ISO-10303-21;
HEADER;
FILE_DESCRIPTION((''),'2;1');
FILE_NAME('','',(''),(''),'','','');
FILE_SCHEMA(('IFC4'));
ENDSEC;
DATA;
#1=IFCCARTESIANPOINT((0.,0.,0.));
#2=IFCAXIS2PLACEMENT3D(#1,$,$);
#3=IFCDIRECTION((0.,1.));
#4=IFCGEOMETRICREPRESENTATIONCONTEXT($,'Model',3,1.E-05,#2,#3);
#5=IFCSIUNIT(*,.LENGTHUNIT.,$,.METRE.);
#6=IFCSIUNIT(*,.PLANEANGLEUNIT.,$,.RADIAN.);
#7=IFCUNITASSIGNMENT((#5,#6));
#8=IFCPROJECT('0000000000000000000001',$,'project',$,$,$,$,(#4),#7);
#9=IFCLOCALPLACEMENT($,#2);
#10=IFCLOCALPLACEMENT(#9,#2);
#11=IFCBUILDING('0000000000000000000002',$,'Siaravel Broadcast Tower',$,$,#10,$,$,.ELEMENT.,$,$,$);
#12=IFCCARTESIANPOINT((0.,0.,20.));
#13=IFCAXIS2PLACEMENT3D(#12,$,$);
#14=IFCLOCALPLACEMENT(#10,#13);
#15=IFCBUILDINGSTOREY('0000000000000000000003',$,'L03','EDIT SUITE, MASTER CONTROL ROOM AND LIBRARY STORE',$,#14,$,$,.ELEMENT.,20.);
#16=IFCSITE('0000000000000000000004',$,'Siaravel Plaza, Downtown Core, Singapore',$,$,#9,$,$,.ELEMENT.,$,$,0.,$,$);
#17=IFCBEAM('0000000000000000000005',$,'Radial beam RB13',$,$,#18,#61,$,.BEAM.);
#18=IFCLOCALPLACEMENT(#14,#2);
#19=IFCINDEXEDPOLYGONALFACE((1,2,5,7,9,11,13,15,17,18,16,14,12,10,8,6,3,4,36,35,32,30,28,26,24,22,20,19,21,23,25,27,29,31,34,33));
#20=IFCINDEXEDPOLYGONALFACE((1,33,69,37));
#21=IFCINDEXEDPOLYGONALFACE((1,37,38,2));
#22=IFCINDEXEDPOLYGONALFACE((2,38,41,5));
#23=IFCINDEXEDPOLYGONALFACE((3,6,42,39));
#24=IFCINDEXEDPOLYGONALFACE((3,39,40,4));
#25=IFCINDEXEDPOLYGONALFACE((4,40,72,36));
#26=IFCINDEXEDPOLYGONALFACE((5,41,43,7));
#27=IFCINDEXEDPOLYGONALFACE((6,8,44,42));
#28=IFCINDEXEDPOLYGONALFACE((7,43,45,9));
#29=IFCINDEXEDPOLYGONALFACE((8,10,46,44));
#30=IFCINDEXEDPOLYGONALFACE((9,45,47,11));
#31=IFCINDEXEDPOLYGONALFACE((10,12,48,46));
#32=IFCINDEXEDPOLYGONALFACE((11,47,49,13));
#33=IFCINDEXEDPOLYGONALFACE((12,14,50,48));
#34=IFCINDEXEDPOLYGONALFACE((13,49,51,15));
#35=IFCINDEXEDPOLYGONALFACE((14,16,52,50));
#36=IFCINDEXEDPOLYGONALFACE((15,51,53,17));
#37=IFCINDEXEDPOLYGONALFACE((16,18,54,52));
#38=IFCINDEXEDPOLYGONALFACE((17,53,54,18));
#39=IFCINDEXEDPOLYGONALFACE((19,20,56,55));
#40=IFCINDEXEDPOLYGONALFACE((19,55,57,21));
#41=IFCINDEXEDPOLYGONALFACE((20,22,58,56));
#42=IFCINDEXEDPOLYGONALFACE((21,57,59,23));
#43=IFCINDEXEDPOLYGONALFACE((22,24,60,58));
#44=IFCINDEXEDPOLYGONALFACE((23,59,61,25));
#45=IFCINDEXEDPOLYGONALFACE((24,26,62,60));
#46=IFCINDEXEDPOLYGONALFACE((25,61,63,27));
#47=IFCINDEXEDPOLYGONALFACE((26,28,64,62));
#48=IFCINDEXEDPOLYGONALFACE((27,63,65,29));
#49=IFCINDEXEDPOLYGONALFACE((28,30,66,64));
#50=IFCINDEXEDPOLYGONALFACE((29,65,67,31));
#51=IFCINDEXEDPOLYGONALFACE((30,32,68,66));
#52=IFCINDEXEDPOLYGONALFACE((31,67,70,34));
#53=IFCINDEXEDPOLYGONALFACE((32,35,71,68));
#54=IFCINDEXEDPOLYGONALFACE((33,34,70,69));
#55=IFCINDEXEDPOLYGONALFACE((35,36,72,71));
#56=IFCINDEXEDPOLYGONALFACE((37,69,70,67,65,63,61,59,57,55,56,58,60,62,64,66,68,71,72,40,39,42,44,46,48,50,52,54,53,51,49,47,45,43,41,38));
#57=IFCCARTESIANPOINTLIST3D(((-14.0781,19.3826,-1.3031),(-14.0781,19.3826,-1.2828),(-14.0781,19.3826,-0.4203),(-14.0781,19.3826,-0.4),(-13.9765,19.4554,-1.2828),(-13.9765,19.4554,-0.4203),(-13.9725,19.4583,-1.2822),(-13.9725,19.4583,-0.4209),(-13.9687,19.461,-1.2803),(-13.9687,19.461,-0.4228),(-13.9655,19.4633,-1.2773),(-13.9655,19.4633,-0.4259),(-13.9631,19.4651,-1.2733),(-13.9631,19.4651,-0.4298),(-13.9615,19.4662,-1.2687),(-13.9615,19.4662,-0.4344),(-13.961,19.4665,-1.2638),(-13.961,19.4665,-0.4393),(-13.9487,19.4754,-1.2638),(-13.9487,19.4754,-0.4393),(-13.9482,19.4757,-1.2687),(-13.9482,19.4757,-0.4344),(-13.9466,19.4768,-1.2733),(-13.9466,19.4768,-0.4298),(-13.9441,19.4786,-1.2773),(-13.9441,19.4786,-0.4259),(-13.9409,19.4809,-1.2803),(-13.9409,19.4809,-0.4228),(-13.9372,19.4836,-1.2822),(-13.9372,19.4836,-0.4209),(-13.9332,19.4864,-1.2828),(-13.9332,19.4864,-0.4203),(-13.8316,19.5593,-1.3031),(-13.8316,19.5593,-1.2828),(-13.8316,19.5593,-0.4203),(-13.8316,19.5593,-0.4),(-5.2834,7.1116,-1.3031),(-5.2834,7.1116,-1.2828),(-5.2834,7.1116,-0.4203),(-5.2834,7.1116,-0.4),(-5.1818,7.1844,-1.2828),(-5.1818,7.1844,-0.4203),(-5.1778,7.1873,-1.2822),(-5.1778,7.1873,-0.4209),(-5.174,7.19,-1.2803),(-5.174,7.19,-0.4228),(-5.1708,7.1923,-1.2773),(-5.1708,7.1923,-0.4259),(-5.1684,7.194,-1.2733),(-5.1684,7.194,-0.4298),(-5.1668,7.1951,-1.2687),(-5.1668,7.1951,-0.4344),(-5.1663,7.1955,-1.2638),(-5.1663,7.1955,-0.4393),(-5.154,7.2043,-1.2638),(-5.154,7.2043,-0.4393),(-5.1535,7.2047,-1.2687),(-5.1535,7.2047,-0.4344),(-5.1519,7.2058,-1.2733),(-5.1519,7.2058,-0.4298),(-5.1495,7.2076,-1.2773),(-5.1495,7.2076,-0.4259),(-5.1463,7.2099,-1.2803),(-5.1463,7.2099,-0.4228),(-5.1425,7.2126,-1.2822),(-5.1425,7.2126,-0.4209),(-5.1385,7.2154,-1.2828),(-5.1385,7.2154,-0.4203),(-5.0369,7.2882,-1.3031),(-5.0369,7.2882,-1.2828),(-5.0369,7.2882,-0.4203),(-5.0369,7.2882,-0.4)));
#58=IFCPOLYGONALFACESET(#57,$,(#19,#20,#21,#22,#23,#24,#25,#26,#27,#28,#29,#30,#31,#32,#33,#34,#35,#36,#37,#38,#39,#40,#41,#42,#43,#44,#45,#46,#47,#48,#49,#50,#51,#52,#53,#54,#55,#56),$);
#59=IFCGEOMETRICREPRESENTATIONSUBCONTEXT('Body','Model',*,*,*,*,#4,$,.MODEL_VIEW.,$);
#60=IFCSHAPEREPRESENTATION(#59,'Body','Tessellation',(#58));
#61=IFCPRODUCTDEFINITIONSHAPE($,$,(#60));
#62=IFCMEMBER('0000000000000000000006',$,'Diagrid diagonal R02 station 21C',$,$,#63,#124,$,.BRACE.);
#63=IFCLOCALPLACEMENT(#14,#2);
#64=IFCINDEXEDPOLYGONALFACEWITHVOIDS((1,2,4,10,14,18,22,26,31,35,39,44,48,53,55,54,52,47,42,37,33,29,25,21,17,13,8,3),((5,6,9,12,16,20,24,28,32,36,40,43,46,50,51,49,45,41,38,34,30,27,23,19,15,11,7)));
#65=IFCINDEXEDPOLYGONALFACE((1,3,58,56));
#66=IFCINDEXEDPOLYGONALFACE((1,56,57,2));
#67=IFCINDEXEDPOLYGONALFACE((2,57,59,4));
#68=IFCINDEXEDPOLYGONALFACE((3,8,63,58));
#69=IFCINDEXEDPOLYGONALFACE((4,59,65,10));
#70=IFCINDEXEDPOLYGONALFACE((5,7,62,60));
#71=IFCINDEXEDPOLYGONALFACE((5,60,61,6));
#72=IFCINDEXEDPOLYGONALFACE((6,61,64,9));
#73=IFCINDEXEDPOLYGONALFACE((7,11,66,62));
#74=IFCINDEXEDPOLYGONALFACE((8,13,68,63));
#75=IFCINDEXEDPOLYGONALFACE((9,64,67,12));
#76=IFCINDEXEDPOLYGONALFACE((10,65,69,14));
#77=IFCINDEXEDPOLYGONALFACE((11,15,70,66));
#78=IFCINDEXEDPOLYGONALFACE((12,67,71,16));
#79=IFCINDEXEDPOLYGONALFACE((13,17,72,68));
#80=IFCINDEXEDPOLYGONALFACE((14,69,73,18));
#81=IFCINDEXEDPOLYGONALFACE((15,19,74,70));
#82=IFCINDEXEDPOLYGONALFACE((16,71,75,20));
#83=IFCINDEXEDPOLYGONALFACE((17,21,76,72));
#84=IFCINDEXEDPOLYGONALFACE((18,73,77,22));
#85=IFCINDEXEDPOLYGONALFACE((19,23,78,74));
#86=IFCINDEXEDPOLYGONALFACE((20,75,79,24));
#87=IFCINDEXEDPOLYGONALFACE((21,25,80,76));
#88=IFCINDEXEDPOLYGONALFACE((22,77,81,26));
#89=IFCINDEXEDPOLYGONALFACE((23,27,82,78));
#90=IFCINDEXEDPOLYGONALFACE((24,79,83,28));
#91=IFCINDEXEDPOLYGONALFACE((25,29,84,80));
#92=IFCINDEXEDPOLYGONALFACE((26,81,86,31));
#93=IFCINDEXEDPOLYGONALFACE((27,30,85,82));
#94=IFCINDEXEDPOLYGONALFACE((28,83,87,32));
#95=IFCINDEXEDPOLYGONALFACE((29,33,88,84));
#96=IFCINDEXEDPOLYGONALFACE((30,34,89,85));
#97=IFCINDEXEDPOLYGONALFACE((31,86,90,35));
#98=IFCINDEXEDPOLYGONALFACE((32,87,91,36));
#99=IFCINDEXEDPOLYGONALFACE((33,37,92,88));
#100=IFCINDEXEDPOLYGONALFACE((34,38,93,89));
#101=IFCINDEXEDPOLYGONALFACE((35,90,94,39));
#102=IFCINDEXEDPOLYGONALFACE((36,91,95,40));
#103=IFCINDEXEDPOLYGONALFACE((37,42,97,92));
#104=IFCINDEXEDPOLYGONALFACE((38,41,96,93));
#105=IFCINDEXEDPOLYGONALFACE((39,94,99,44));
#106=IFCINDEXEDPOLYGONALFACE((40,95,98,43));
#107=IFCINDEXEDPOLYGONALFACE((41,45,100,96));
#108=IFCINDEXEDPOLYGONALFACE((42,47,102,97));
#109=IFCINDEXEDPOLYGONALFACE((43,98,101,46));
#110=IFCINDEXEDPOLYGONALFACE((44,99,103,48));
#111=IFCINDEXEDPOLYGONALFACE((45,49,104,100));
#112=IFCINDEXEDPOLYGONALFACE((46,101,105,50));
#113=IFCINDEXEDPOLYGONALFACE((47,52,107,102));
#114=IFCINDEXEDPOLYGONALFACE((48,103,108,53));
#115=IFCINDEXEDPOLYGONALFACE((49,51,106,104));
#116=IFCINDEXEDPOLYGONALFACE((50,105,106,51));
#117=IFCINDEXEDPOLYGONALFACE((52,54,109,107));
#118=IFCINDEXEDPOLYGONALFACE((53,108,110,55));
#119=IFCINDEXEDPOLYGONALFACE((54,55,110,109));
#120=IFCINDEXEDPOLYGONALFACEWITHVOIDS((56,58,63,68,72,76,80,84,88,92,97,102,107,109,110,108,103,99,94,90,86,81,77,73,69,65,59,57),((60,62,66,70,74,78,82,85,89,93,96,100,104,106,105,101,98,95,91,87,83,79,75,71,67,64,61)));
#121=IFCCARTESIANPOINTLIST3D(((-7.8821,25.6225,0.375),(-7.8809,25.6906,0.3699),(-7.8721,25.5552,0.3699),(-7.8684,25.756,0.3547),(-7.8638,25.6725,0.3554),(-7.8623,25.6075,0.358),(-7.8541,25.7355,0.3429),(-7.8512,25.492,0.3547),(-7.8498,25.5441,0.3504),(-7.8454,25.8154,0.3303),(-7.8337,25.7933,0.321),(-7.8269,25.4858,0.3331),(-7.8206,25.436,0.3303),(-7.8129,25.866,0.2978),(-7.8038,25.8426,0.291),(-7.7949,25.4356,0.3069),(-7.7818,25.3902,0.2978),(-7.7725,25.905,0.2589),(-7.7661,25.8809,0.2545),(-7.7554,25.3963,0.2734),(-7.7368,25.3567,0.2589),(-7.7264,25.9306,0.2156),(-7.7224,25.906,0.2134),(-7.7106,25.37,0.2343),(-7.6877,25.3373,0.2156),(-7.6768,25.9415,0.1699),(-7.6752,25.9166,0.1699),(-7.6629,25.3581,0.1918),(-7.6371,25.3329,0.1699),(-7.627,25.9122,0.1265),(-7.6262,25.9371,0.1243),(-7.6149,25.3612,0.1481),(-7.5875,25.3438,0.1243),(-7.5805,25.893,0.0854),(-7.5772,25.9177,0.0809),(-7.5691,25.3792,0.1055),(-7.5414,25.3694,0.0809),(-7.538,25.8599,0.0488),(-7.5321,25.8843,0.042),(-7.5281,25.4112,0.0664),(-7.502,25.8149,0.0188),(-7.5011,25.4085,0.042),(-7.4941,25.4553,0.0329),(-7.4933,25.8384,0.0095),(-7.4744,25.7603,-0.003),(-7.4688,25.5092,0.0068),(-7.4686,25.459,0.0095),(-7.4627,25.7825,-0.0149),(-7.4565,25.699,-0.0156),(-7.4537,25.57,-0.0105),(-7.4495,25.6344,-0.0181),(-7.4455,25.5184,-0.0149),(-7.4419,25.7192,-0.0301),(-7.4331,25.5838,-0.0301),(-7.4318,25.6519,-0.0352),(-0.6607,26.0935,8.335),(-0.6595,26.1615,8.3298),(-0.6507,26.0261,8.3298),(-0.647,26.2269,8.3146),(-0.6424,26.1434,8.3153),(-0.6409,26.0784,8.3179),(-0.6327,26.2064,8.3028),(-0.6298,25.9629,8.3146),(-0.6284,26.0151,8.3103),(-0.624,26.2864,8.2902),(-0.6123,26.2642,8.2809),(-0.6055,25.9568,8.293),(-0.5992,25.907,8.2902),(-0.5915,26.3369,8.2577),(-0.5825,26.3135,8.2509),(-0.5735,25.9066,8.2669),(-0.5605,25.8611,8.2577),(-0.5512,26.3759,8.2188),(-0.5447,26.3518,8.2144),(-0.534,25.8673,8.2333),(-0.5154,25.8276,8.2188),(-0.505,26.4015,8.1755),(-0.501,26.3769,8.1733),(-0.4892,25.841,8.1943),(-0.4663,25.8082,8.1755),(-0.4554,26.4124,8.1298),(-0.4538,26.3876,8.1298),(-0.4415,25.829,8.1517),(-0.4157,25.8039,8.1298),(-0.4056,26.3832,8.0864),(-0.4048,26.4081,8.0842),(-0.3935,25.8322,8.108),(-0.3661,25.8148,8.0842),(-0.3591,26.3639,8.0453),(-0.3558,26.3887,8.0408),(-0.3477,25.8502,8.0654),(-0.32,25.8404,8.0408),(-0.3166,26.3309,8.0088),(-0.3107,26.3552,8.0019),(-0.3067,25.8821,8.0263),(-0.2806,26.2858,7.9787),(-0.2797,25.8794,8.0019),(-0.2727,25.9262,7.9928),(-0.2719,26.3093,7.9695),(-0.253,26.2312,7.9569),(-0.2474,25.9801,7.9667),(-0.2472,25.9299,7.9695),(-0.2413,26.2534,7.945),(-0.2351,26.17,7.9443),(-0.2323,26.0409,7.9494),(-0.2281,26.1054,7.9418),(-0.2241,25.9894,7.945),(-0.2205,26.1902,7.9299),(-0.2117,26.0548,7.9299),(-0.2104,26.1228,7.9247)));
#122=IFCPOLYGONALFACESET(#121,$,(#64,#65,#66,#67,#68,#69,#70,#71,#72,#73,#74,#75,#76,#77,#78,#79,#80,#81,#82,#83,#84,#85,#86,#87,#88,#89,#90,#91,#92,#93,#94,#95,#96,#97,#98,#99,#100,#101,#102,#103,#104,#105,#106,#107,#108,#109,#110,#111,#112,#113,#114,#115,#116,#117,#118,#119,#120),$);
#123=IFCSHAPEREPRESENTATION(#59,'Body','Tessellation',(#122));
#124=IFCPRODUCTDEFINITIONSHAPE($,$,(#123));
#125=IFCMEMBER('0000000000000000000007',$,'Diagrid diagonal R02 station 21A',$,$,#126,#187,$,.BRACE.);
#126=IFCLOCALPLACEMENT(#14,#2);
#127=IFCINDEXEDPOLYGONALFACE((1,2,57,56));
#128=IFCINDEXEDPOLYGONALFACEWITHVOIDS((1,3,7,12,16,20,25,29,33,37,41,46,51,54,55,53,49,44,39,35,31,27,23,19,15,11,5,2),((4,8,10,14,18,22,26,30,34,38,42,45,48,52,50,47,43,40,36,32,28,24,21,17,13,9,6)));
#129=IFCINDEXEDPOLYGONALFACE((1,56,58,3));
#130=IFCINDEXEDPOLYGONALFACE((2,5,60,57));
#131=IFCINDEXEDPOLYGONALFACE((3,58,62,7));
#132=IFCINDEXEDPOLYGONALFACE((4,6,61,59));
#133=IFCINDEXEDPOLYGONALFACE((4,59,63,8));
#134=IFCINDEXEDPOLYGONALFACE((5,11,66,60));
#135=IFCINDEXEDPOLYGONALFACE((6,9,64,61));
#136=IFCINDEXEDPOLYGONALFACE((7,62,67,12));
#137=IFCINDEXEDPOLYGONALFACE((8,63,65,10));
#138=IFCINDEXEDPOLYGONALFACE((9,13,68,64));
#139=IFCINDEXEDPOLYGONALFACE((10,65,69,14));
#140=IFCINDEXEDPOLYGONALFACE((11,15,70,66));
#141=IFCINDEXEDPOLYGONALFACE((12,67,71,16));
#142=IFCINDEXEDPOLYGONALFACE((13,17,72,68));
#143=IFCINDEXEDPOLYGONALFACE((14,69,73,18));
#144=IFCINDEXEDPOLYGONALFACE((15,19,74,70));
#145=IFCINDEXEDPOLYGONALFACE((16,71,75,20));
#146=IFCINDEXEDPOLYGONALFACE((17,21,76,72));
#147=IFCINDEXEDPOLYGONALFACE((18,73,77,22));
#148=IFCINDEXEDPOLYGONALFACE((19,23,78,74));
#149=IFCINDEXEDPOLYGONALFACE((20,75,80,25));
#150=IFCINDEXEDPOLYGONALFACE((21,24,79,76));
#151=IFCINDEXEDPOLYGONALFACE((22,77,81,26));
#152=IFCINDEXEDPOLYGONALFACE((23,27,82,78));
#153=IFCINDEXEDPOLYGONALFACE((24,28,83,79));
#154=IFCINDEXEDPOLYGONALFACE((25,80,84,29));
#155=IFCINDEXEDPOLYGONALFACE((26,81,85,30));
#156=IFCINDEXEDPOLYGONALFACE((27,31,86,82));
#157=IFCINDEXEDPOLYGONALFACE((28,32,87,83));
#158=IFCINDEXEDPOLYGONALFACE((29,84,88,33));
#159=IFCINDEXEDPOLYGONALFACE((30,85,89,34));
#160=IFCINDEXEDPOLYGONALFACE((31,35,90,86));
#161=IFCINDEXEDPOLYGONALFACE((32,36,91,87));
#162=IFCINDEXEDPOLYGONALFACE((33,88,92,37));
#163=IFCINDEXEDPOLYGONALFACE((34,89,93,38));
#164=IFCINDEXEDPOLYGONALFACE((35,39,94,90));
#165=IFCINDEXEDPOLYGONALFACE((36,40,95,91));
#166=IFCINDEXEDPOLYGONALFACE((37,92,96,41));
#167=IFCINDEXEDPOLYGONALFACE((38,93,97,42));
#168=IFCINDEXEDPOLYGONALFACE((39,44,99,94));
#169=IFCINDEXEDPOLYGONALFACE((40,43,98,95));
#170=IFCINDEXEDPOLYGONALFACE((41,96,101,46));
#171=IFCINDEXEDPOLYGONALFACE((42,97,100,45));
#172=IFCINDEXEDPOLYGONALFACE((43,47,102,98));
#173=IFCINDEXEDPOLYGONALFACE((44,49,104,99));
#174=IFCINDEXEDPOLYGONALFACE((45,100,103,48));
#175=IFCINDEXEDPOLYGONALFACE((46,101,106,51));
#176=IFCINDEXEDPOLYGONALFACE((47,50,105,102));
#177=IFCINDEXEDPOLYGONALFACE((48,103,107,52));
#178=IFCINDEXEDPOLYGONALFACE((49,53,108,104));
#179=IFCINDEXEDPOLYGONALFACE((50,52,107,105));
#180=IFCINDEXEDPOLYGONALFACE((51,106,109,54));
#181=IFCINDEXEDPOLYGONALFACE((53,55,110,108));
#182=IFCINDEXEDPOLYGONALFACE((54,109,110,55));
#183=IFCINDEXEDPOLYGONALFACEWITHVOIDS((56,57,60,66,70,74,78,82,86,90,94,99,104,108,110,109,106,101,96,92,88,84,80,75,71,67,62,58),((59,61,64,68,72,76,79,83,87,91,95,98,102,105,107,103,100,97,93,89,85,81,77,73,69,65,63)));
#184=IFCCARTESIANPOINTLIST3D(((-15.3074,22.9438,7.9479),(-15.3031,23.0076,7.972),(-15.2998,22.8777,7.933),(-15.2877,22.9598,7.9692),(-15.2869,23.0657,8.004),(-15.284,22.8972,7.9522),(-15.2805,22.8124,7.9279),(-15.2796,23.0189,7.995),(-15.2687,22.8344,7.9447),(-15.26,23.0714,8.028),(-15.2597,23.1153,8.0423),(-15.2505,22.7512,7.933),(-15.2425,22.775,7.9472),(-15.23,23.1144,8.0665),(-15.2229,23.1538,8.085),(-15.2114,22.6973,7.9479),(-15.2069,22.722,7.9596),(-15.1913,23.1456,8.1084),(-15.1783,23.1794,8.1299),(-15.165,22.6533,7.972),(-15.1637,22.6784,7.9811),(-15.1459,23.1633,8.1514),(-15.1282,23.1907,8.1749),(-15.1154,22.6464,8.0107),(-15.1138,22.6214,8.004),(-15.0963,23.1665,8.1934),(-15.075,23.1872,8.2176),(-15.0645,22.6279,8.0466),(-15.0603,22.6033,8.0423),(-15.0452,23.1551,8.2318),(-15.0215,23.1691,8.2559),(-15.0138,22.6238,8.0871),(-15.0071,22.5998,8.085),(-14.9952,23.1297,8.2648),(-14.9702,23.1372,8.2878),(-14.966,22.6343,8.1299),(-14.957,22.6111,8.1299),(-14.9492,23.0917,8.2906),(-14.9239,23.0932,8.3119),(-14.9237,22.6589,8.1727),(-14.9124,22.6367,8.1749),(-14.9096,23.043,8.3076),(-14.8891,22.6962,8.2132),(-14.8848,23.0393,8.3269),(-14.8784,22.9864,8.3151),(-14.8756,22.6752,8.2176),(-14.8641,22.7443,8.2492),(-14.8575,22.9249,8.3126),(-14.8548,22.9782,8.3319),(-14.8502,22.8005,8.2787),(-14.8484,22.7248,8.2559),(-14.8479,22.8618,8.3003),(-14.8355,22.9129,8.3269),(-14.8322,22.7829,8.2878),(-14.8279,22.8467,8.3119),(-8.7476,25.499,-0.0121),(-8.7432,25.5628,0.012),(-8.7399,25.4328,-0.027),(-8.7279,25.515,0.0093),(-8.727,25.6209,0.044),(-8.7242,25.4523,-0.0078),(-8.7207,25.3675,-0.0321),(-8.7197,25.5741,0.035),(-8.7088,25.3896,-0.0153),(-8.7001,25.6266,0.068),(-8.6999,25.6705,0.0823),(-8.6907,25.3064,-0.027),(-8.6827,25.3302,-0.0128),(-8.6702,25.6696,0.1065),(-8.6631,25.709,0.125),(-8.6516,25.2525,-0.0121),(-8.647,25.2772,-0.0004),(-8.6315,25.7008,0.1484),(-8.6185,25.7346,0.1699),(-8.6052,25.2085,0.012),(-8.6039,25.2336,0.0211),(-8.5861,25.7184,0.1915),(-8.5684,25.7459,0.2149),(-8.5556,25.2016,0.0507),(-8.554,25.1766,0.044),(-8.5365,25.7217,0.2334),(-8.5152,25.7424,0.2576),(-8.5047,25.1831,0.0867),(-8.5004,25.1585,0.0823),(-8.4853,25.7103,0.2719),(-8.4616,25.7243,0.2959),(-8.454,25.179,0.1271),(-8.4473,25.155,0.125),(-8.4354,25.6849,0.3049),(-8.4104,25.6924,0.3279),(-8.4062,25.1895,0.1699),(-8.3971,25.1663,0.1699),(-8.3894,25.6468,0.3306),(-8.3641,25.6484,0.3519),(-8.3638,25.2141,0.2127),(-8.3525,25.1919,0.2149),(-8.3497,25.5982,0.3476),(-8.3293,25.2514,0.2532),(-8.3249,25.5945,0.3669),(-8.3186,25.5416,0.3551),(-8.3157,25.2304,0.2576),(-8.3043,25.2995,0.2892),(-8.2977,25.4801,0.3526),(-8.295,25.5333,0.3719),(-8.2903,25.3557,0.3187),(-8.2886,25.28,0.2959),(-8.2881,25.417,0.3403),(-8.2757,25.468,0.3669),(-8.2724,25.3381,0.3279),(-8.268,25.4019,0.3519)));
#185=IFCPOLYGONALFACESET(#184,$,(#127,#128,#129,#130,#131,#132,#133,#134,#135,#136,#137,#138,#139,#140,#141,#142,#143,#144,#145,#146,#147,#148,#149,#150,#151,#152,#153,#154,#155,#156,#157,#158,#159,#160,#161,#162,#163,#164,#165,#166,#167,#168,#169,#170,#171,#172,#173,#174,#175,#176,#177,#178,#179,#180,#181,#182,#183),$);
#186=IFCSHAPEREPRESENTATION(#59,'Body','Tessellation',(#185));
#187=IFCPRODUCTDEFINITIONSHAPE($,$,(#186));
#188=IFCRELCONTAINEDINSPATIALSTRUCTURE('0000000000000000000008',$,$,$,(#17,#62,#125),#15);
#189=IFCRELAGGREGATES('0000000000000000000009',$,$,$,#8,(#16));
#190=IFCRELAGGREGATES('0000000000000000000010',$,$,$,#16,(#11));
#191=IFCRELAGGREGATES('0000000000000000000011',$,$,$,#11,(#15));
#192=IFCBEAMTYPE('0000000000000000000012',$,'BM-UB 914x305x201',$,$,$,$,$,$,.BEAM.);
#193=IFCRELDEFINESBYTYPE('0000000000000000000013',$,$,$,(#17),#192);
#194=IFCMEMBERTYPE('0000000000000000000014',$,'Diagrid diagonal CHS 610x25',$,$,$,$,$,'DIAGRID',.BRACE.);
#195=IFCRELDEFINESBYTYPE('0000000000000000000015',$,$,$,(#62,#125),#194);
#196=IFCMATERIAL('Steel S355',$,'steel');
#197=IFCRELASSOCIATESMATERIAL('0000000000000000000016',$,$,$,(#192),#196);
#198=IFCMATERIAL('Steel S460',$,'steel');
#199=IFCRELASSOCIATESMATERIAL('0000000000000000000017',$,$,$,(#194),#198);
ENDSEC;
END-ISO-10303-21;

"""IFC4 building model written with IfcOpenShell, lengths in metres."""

from ifc_helpers import new_model, si_unit, direction, frame, origin, origin_2d, place, context, subcontext, project, spatial, hollow_circle, i_section, extrude, material, material_profile, profile_set, type_object, element, save


model = new_model("IFC4")

# Units and contexts
model_context = context("Model", 3, precision=1e-05, world=origin(), true_north=direction((0.0, 1.0)))
body_context = subcontext(model_context, "Body", "Model", "MODEL_VIEW")
ifc_project = project(units=[si_unit("LENGTHUNIT", "METRE"), si_unit("PLANEANGLEUNIT", "RADIAN")], contexts=[model_context])

# Site, building, storey
site_placement = place(None, origin())
site = spatial("IfcSite", under=ifc_project, at=site_placement, Name="Siaravel Plaza, Downtown Core, Singapore", CompositionType="ELEMENT", RefElevation=0.0)
building_placement = place(site_placement, origin())
building = spatial("IfcBuilding", under=site, at=building_placement, Name="Siaravel Broadcast Tower", CompositionType="ELEMENT")
storey_placement = place(building_placement, frame((0.0, 0.0, 20.0)))
storey = spatial("IfcBuildingStorey", under=building, at=storey_placement, Name="L03", Description="EDIT SUITE, MASTER CONTROL ROOM AND LIBRARY STORE", CompositionType="ELEMENT", Elevation=20.0)

# Beam
ifc_material_1 = material(Name="Steel S355", Category="steel")
ifc_material_profile_1 = material_profile(ifc_material_1, i_section(OverallWidth=0.3032, OverallDepth=0.9031, WebThickness=0.0151, FlangeThickness=0.0203, FilletRadius=0.019, at=origin_2d()))
ifc_profile_set_1 = profile_set([ifc_material_profile_1], Name="Steel S355")
beam_type = type_object("IfcBeamType", Name="BM-UB 914x305x201", PredefinedType="BEAM", material=ifc_profile_set_1)
beam_1_placement = place(storey_placement, frame((-13.9548, 19.4709, -0.8516), z_axis=(0.582539, -0.812803, 0.0), x_axis=(0.812803, 0.582539, 0.0)))
element("IfcBeam", 1, at=beam_1_placement, inside=storey, type_object=beam_type, Name="Radial beam RB13", PredefinedType="BEAM", context=body_context, shape_type="SweptSolid", body=[
    extrude(i_section(OverallWidth=0.3032, OverallDepth=0.9031, WebThickness=0.0151, FlangeThickness=0.0203, FilletRadius=0.019, at=origin_2d()), origin(), (0.0, 0.0, 1.0), 15.0972),
])

# Members
ifc_material_2 = material(Name="Steel S460", Category="steel")
ifc_material_profile_2 = material_profile(ifc_material_2, hollow_circle(Radius=0.3049, WallThickness=0.0249, at=origin_2d()))
ifc_profile_set_2 = profile_set([ifc_material_profile_2], Name="Steel S460")
member_type_1 = type_object("IfcMemberType", Name="Diagrid diagonal CHS 610x25", ElementType="DIAGRID", PredefinedType="BRACE", material=ifc_profile_set_2)
member_1_placement = place(storey_placement, frame((-7.657, 25.6372, 0.1699), z_axis=(0.67127, 0.043777, 0.739919), x_axis=(-0.065077, 0.99788, 0.0)))
element("IfcMember", 2, at=member_1_placement, inside=storey, type_object=member_type_1, Name="Diagrid diagonal R02 station 21C", PredefinedType="BRACE", context=body_context, shape_type="SweptSolid", body=[
    extrude(hollow_circle(Radius=0.3049, WallThickness=0.0249, at=origin_2d()), origin(), (0.0, 0.0, 1.0), 10.7578),
])
member_2_placement = place(storey_placement, frame((-8.5078, 25.4504, 0.1699), z_axis=(-0.617311, -0.240455, 0.749072), x_axis=(0.362957, -0.931806, 0.0)))
element("IfcMember", 3, at=member_2_placement, inside=storey, type_object=member_type_1, Name="Diagrid diagonal R02 station 21A", PredefinedType="BRACE", context=body_context, shape_type="SweptSolid", body=[
    extrude(hollow_circle(Radius=0.3049, WallThickness=0.0249, at=origin_2d()), origin(), (0.0, 0.0, 1.0), 10.6265),
])

save(model, "model.ifc")
